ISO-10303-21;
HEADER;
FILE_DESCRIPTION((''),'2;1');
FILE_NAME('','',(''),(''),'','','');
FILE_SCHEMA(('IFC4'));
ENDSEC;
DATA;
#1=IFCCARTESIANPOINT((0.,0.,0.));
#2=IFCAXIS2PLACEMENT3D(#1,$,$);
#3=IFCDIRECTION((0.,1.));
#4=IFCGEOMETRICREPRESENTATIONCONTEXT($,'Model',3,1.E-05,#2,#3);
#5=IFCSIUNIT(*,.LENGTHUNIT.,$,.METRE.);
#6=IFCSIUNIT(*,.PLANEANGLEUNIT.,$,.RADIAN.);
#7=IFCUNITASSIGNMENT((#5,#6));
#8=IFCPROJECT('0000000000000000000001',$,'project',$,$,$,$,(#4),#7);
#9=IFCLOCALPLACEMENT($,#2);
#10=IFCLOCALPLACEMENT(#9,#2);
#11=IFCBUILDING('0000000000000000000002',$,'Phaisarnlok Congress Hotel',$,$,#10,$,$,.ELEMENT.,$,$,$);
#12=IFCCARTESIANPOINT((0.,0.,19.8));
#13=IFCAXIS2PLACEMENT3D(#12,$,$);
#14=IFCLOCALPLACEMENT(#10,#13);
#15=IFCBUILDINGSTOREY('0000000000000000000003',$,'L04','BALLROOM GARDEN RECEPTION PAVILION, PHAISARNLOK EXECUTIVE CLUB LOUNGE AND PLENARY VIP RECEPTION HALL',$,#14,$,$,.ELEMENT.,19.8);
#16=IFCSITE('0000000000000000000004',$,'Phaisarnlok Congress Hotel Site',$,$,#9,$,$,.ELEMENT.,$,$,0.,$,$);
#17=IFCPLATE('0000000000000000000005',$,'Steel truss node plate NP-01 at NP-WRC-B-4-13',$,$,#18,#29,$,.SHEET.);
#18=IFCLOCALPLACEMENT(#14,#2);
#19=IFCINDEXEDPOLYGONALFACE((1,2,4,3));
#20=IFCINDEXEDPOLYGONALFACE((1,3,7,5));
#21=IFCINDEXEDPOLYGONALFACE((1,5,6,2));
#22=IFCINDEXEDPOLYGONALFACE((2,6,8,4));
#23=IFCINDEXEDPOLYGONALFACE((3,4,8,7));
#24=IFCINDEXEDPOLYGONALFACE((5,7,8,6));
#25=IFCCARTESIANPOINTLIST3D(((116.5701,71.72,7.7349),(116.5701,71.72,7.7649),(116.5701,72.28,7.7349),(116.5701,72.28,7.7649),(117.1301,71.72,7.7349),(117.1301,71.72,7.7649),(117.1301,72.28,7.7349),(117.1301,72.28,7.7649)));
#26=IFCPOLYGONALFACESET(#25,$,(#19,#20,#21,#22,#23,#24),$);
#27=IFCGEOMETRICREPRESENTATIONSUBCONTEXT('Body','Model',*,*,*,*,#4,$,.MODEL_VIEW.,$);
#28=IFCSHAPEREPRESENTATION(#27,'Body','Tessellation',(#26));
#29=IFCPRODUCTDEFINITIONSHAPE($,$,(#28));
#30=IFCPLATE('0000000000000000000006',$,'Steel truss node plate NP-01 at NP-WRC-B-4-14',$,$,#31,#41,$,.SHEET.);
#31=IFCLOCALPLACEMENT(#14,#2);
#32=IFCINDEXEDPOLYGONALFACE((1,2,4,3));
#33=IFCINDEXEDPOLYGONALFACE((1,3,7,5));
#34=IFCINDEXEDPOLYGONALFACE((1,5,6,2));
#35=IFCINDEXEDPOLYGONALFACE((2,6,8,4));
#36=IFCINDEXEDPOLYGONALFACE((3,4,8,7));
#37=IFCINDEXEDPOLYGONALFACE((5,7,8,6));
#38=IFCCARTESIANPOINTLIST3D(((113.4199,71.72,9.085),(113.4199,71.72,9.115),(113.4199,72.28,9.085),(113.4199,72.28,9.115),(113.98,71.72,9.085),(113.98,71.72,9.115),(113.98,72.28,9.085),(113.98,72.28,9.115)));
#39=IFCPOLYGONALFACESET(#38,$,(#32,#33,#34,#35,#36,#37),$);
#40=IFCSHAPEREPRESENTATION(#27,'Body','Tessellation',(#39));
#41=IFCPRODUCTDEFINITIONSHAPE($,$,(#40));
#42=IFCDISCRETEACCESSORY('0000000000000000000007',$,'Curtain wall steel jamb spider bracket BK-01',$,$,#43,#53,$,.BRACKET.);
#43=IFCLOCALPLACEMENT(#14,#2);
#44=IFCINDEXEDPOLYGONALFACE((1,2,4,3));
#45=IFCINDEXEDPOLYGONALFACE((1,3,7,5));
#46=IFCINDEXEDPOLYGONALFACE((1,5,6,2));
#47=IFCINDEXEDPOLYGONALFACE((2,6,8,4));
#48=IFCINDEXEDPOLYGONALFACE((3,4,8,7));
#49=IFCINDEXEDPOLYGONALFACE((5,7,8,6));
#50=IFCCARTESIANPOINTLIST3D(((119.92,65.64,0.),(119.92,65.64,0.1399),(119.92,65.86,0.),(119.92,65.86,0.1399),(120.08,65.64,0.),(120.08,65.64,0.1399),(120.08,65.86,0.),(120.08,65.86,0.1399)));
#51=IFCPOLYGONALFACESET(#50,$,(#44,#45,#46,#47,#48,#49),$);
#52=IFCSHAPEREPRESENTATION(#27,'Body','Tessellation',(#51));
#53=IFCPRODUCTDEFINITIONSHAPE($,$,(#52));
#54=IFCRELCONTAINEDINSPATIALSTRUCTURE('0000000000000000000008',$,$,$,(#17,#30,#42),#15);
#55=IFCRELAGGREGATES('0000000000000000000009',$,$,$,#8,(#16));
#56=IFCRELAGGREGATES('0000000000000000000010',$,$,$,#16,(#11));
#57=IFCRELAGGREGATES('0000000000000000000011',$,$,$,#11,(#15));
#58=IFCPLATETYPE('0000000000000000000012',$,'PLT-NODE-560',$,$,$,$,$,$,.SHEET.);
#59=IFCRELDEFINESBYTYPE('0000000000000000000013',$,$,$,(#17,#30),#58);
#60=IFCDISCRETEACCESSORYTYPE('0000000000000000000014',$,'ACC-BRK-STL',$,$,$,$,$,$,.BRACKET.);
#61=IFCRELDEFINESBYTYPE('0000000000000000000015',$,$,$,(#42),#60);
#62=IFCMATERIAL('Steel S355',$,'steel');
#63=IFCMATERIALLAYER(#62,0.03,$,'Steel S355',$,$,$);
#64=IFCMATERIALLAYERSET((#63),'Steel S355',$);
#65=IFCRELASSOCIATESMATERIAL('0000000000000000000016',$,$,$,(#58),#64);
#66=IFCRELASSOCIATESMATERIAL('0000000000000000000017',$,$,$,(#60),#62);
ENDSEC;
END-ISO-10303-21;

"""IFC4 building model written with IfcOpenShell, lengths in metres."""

from ifc_helpers import new_model, si_unit, direction, frame, origin, origin_2d, place, context, subcontext, project, spatial, rectangle, extrude, material, layer, layer_set, type_object, element, save


model = new_model("IFC4")

# Units and contexts
model_context = context("Model", 3, precision=1e-05, world=origin(), true_north=direction((0.0, 1.0)))
body_context = subcontext(model_context, "Body", "Model", "MODEL_VIEW")
ifc_project = project(units=[si_unit("LENGTHUNIT", "METRE"), si_unit("PLANEANGLEUNIT", "RADIAN")], contexts=[model_context])

# Site, building, storey
site_placement = place(None, origin())
site = spatial("IfcSite", under=ifc_project, at=site_placement, Name="Phaisarnlok Congress Hotel Site", CompositionType="ELEMENT", RefElevation=0.0)
building_placement = place(site_placement, origin())
building = spatial("IfcBuilding", under=site, at=building_placement, Name="Phaisarnlok Congress Hotel", CompositionType="ELEMENT")
storey_placement = place(building_placement, frame((0.0, 0.0, 19.8)))
storey = spatial("IfcBuildingStorey", under=building, at=storey_placement, Name="L04", Description="BALLROOM GARDEN RECEPTION PAVILION, PHAISARNLOK EXECUTIVE CLUB LOUNGE AND PLENARY VIP RECEPTION HALL", CompositionType="ELEMENT", Elevation=19.8)

# Shared definitions
ifc_material_1 = material(Name="Steel S355", Category="steel")

# Plates
ifc_layer_1 = layer(ifc_material_1, 0.03, Name="Steel S355")
ifc_layer_set_1 = layer_set([ifc_layer_1], Name="Steel S355")
plate_type_1 = type_object("IfcPlateType", Name="PLT-NODE-560", PredefinedType="SHEET", material=ifc_layer_set_1)
for number, where, z_axis, x_axis, name in (
    (1, (116.8501, 72.0, 7.7349), (0.0, 0.0, 1.0), (1.0, 0.0, 0.0), "Steel truss node plate NP-01 at NP-WRC-B-4-13"),
    (2, (113.7, 72.0, 9.085), (0.0, 0.0, 1.0), (1.0, 0.0, 0.0), "Steel truss node plate NP-01 at NP-WRC-B-4-14"),
):
    element("IfcPlate", number, at=place(storey_placement, frame(where, z_axis=z_axis, x_axis=x_axis)), inside=storey, type_object=plate_type_1, Name=name, PredefinedType="SHEET", context=body_context, shape_type="SweptSolid", body=[
        extrude(rectangle(XDim=0.5601, YDim=0.5601, at=origin_2d()), origin(), (0.0, 0.0, 1.0), 0.03),
    ])

# Discrete accessory
discrete_accessory_type = type_object("IfcDiscreteAccessoryType", Name="ACC-BRK-STL", PredefinedType="BRACKET", material=ifc_material_1)
discrete_accessory_placement = place(storey_placement, frame((120.0, 65.75, 0.0), z_axis=(0.0, 0.0, 1.0), x_axis=(1.0, 0.0, 0.0)))
element("IfcDiscreteAccessory", 3, at=discrete_accessory_placement, inside=storey, type_object=discrete_accessory_type, Name="Curtain wall steel jamb spider bracket BK-01", PredefinedType="BRACKET", context=body_context, shape_type="SweptSolid", body=[
    extrude(rectangle(XDim=0.1599, YDim=0.22, at=origin_2d()), origin(), (0.0, 0.0, 1.0), 0.1399),
])

save(model, "model.ifc")
